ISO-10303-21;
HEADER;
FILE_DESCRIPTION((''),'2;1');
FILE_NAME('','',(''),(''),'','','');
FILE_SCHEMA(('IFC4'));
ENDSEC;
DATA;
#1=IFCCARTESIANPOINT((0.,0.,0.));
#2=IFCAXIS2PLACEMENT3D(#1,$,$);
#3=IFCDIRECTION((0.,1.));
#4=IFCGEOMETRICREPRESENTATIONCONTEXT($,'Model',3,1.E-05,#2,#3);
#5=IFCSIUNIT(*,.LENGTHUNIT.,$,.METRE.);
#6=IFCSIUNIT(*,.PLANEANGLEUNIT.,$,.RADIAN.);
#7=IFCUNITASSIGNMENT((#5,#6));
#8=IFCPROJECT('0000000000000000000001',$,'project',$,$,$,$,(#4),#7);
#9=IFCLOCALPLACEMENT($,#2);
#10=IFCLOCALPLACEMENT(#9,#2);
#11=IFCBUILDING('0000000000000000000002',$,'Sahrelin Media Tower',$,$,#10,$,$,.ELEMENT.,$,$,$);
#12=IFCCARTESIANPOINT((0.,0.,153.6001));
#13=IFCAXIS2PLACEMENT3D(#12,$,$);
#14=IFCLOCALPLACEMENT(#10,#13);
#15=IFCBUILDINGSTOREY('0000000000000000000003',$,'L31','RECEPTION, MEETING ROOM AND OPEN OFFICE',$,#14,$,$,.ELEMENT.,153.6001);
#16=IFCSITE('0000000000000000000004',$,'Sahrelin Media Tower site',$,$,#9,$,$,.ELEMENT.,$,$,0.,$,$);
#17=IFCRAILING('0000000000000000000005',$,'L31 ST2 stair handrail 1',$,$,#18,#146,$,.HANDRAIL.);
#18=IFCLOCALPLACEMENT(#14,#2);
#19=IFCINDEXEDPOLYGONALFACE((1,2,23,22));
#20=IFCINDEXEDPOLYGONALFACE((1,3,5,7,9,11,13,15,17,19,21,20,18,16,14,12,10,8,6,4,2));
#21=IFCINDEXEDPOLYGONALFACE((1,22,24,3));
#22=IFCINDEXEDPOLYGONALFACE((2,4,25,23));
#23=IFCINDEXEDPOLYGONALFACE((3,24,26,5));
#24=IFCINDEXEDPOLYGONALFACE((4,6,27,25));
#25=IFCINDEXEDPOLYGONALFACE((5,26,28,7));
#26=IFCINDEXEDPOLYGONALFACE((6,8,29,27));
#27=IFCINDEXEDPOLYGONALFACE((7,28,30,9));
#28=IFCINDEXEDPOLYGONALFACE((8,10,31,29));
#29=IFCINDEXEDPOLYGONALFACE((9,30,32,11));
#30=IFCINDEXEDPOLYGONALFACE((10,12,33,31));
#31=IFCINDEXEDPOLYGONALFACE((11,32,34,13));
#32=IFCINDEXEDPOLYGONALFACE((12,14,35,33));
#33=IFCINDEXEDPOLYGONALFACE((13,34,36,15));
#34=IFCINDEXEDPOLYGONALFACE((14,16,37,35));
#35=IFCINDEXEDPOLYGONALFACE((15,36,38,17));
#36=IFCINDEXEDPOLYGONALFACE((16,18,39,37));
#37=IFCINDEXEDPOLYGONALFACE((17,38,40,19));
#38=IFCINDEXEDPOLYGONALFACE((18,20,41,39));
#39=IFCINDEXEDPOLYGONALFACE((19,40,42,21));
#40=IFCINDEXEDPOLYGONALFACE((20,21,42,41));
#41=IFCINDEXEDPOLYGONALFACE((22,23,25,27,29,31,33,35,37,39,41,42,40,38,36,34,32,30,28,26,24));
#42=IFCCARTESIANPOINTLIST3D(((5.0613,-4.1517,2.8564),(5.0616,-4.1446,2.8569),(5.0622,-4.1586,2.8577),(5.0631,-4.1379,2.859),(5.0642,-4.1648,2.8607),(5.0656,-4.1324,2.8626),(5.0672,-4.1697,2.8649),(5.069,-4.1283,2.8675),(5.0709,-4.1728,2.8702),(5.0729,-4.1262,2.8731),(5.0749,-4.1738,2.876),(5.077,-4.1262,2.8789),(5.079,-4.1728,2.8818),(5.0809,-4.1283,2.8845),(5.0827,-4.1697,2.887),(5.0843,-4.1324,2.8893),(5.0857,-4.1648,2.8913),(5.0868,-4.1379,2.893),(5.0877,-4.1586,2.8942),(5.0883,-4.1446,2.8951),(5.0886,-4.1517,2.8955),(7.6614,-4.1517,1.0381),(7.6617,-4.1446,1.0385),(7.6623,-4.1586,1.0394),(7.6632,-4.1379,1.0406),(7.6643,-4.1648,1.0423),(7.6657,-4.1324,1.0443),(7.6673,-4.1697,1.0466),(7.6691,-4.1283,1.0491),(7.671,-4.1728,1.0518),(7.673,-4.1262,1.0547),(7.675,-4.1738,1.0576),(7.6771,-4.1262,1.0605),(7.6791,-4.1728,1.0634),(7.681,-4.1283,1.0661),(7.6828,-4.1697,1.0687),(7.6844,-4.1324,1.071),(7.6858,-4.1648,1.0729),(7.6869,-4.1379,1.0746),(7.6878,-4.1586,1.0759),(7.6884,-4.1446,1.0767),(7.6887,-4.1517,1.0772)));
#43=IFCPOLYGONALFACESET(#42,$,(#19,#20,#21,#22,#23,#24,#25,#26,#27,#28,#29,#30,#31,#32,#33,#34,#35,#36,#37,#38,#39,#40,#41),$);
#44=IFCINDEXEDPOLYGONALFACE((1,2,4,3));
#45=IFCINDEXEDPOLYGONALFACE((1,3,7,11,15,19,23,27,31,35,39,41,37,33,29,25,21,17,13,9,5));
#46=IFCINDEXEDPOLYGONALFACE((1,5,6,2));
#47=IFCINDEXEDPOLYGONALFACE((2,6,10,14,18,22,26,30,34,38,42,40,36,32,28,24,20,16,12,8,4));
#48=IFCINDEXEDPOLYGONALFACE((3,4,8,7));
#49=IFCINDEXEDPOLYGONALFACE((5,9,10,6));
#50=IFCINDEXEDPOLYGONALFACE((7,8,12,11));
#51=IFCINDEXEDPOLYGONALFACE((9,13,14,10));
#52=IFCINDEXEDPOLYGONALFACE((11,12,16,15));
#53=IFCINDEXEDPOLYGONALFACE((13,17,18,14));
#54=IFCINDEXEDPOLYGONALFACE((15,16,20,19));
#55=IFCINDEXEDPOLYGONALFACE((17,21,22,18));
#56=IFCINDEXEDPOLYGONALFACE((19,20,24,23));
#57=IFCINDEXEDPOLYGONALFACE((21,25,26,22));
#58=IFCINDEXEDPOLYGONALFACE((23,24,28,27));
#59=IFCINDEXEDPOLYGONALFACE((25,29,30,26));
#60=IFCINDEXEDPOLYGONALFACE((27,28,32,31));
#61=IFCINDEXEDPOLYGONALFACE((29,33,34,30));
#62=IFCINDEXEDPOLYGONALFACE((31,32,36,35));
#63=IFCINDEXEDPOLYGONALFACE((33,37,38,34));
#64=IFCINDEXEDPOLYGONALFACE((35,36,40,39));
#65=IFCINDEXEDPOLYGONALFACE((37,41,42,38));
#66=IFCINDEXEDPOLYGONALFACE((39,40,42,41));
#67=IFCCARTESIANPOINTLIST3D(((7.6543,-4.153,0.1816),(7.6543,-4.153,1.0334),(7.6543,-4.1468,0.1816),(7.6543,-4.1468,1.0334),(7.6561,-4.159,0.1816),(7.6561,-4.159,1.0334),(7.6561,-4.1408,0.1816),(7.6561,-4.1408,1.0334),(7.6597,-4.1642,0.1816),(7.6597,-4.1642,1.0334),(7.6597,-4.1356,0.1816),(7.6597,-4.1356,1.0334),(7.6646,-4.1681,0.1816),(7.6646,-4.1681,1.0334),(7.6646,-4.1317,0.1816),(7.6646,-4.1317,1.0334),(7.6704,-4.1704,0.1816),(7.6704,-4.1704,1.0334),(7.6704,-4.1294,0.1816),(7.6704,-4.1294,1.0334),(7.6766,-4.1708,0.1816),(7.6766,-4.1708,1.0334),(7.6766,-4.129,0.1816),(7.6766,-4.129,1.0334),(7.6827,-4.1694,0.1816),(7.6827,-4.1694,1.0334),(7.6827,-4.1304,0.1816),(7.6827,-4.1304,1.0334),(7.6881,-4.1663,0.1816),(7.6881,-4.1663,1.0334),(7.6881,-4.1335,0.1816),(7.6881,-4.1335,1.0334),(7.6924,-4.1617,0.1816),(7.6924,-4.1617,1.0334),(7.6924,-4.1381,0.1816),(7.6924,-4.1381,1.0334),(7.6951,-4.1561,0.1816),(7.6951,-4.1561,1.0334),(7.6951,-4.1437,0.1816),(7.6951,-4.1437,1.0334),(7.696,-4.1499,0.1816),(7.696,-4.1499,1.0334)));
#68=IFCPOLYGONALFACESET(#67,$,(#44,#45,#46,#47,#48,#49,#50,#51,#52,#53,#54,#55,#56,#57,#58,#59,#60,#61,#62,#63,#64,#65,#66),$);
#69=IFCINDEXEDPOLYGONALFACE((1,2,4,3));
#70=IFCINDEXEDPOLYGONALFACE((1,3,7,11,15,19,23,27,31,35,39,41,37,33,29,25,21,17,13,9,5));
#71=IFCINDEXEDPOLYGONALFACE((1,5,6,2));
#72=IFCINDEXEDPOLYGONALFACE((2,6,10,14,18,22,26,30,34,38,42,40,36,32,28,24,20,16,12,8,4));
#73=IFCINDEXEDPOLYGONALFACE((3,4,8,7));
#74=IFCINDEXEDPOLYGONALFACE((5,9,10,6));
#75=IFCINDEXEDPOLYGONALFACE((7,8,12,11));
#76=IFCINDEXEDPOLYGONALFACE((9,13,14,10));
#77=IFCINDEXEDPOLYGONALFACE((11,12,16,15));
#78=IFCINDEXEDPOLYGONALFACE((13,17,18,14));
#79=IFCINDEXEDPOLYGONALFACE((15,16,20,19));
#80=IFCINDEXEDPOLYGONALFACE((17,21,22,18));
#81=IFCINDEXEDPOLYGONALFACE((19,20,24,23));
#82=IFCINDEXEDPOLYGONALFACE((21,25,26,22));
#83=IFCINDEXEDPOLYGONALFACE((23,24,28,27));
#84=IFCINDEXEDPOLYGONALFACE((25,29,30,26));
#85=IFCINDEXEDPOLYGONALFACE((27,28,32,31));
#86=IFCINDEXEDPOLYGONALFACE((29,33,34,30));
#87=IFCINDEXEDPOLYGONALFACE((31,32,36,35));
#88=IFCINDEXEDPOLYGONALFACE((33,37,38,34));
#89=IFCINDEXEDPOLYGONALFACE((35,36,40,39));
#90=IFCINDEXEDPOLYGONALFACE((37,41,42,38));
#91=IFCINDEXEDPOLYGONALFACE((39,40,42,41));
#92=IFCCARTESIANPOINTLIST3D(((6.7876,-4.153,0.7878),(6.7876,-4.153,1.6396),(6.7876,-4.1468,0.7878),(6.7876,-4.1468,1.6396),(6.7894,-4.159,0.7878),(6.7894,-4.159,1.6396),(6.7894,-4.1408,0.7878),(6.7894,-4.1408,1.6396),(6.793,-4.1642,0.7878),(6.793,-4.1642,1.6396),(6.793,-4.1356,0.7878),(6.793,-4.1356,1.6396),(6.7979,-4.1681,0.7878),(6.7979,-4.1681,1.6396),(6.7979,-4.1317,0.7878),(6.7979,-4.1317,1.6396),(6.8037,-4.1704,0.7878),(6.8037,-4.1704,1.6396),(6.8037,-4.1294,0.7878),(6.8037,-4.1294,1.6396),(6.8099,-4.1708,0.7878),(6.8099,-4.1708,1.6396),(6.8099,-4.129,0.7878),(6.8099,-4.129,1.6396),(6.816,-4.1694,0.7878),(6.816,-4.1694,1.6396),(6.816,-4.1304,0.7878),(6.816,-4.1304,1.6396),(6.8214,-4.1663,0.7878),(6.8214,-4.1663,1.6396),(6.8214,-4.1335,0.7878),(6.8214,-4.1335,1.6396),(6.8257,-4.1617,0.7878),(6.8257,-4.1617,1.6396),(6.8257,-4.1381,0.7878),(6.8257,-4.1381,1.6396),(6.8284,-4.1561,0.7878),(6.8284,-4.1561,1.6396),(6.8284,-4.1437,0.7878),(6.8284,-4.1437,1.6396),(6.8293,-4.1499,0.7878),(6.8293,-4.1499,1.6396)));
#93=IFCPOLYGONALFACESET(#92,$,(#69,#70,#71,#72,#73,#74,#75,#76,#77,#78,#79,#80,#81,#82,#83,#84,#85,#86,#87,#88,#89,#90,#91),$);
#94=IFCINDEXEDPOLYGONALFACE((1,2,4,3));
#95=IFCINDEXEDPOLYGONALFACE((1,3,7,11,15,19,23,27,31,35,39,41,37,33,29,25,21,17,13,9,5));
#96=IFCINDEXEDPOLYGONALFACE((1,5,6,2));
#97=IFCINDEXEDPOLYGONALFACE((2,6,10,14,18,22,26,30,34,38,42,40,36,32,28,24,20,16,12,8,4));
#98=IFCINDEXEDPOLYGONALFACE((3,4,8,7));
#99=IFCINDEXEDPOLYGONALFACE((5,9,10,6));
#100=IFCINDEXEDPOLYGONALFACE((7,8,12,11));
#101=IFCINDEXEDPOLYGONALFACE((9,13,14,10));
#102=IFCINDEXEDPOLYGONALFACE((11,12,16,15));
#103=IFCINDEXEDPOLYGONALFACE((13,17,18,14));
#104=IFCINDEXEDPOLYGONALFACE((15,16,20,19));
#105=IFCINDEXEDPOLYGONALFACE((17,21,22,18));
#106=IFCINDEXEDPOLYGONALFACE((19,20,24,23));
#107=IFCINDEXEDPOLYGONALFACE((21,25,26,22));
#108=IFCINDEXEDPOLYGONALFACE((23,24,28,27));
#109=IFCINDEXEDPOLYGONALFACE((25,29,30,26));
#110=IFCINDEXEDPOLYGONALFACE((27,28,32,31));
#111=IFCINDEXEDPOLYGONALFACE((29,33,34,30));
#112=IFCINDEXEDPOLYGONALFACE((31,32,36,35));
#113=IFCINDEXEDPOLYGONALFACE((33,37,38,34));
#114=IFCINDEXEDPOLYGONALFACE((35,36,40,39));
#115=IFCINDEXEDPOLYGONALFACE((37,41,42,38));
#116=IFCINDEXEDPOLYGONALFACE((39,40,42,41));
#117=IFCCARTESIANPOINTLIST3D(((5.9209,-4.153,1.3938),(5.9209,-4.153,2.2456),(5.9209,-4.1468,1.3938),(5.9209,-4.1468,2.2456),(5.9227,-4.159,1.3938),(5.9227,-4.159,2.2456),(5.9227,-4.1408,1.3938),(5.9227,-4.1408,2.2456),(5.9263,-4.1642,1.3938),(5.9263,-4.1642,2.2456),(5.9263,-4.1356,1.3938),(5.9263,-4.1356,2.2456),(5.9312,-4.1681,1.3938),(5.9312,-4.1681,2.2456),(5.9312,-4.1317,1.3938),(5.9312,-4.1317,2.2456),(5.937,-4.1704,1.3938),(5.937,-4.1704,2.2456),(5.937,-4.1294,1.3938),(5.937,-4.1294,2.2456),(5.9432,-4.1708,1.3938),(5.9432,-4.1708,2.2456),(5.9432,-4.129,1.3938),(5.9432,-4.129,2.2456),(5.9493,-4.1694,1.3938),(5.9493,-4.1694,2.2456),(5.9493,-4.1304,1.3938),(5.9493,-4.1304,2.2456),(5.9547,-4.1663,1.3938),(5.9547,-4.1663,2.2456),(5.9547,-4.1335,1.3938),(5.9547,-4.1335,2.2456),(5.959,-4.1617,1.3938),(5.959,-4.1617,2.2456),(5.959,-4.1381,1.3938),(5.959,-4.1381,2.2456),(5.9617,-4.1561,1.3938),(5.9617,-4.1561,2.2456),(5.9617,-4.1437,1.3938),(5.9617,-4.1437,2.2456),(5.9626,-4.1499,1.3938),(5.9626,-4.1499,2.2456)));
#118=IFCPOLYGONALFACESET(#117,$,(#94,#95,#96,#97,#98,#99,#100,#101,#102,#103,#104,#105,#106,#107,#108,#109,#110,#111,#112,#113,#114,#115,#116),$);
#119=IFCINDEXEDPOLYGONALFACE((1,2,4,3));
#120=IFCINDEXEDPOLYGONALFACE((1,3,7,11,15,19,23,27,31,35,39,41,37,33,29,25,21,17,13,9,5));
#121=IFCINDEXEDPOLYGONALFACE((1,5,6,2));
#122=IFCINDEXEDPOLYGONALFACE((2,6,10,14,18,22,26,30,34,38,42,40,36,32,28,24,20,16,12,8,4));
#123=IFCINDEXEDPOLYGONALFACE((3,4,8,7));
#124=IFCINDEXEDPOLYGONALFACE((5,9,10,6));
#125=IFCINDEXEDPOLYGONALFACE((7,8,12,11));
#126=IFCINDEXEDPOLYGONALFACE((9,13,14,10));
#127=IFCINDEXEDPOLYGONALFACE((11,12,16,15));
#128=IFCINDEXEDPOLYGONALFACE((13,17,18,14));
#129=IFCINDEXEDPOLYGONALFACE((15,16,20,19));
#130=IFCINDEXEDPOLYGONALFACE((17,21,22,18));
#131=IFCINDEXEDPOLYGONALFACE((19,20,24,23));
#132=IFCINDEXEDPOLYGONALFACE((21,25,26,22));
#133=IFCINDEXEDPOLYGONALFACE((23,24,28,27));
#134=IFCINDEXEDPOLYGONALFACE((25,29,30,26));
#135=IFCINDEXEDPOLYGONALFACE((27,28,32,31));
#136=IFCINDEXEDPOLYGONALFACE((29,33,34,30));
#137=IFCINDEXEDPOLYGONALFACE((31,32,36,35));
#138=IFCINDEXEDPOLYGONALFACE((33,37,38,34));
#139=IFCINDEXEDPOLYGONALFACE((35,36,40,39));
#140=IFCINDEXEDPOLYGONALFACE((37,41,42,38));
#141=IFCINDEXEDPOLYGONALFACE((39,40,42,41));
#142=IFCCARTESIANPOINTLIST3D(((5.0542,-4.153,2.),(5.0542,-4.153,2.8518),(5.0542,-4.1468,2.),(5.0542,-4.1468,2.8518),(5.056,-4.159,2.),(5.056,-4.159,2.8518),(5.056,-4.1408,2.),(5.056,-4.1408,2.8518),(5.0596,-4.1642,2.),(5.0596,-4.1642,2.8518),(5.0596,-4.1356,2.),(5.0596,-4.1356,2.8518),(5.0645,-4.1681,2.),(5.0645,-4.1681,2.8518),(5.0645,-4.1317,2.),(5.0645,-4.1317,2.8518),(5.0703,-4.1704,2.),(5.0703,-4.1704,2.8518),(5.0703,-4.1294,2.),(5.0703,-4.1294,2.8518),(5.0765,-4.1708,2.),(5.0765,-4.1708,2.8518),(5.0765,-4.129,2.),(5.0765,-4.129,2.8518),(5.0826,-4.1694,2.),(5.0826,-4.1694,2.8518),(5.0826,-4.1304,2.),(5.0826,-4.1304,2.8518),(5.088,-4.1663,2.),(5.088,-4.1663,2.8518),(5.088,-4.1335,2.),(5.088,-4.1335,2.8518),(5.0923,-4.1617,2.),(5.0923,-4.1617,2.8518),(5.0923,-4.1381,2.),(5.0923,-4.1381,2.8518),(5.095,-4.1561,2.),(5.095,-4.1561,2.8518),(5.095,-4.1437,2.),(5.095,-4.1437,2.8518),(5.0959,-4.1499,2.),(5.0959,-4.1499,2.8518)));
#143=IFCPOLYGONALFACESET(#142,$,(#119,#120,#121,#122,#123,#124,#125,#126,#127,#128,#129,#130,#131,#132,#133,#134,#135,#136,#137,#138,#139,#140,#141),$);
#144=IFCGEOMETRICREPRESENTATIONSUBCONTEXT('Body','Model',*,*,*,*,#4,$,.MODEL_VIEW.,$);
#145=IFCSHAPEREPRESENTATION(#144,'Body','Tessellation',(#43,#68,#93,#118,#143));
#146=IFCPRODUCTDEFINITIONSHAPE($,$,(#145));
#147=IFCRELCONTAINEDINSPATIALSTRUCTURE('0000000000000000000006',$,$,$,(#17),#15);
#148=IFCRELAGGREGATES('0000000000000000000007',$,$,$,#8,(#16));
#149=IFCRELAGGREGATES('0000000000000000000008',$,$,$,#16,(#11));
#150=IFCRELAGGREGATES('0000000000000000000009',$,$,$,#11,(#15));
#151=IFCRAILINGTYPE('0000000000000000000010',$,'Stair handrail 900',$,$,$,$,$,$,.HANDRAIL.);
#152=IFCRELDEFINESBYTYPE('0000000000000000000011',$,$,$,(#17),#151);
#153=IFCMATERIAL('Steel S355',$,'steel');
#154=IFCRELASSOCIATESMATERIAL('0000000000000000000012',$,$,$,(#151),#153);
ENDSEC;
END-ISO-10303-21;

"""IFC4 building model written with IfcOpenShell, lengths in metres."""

from ifc_helpers import new_model, si_unit, direction, frame, origin, origin_2d, place, context, subcontext, project, spatial, circle, extrude, material, type_object, element, save


model = new_model("IFC4")

# Units and contexts
model_context = context("Model", 3, precision=1e-05, world=origin(), true_north=direction((0.0, 1.0)))
body_context = subcontext(model_context, "Body", "Model", "MODEL_VIEW")
ifc_project = project(units=[si_unit("LENGTHUNIT", "METRE"), si_unit("PLANEANGLEUNIT", "RADIAN")], contexts=[model_context])

# Site, building, storey
site_placement = place(None, origin())
site = spatial("IfcSite", under=ifc_project, at=site_placement, Name="Sahrelin Media Tower site", CompositionType="ELEMENT", RefElevation=0.0)
building_placement = place(site_placement, origin())
building = spatial("IfcBuilding", under=site, at=building_placement, Name="Sahrelin Media Tower", CompositionType="ELEMENT")
storey_placement = place(building_placement, frame((0.0, 0.0, 153.6001)))
storey = spatial("IfcBuildingStorey", under=building, at=storey_placement, Name="L31", Description="RECEPTION, MEETING ROOM AND OPEN OFFICE", CompositionType="ELEMENT", Elevation=153.6001)

# Railing
ifc_material_1 = material(Name="Steel S355", Category="steel")
railing_type_1 = type_object("IfcRailingType", Name="Stair handrail 900", PredefinedType="HANDRAIL", material=ifc_material_1)
railing_1_placement = place(storey_placement, frame((7.675, -4.1499, 0.1816)))
element("IfcRailing", 1, at=railing_1_placement, inside=storey, type_object=railing_type_1, Name="L31 ST2 stair handrail 1", PredefinedType="HANDRAIL", context=body_context, shape_type="SweptSolid", body=[
    extrude(circle(Radius=0.0239, at=origin_2d()), frame((0.0, 0.0, 0.876), z_axis=(-0.819485, 0.0, 0.573101), x_axis=(0.0, -1.0, 0.0)), (0.0, 0.0, 1.0), 3.1729),
    extrude(circle(Radius=0.021, at=origin_2d()), origin(), (0.0, 0.0, 1.0), 0.8518),
    extrude(circle(Radius=0.021, at=origin_2d()), frame((-0.8667, 0.0, 0.6062)), (0.0, 0.0, 1.0), 0.8518),
    extrude(circle(Radius=0.021, at=origin_2d()), frame((-1.7334, 0.0, 1.2122)), (0.0, 0.0, 1.0), 0.8518),
    extrude(circle(Radius=0.021, at=origin_2d()), frame((-2.6001, 0.0, 1.8184)), (0.0, 0.0, 1.0), 0.8518),
])

save(model, "model.ifc")
